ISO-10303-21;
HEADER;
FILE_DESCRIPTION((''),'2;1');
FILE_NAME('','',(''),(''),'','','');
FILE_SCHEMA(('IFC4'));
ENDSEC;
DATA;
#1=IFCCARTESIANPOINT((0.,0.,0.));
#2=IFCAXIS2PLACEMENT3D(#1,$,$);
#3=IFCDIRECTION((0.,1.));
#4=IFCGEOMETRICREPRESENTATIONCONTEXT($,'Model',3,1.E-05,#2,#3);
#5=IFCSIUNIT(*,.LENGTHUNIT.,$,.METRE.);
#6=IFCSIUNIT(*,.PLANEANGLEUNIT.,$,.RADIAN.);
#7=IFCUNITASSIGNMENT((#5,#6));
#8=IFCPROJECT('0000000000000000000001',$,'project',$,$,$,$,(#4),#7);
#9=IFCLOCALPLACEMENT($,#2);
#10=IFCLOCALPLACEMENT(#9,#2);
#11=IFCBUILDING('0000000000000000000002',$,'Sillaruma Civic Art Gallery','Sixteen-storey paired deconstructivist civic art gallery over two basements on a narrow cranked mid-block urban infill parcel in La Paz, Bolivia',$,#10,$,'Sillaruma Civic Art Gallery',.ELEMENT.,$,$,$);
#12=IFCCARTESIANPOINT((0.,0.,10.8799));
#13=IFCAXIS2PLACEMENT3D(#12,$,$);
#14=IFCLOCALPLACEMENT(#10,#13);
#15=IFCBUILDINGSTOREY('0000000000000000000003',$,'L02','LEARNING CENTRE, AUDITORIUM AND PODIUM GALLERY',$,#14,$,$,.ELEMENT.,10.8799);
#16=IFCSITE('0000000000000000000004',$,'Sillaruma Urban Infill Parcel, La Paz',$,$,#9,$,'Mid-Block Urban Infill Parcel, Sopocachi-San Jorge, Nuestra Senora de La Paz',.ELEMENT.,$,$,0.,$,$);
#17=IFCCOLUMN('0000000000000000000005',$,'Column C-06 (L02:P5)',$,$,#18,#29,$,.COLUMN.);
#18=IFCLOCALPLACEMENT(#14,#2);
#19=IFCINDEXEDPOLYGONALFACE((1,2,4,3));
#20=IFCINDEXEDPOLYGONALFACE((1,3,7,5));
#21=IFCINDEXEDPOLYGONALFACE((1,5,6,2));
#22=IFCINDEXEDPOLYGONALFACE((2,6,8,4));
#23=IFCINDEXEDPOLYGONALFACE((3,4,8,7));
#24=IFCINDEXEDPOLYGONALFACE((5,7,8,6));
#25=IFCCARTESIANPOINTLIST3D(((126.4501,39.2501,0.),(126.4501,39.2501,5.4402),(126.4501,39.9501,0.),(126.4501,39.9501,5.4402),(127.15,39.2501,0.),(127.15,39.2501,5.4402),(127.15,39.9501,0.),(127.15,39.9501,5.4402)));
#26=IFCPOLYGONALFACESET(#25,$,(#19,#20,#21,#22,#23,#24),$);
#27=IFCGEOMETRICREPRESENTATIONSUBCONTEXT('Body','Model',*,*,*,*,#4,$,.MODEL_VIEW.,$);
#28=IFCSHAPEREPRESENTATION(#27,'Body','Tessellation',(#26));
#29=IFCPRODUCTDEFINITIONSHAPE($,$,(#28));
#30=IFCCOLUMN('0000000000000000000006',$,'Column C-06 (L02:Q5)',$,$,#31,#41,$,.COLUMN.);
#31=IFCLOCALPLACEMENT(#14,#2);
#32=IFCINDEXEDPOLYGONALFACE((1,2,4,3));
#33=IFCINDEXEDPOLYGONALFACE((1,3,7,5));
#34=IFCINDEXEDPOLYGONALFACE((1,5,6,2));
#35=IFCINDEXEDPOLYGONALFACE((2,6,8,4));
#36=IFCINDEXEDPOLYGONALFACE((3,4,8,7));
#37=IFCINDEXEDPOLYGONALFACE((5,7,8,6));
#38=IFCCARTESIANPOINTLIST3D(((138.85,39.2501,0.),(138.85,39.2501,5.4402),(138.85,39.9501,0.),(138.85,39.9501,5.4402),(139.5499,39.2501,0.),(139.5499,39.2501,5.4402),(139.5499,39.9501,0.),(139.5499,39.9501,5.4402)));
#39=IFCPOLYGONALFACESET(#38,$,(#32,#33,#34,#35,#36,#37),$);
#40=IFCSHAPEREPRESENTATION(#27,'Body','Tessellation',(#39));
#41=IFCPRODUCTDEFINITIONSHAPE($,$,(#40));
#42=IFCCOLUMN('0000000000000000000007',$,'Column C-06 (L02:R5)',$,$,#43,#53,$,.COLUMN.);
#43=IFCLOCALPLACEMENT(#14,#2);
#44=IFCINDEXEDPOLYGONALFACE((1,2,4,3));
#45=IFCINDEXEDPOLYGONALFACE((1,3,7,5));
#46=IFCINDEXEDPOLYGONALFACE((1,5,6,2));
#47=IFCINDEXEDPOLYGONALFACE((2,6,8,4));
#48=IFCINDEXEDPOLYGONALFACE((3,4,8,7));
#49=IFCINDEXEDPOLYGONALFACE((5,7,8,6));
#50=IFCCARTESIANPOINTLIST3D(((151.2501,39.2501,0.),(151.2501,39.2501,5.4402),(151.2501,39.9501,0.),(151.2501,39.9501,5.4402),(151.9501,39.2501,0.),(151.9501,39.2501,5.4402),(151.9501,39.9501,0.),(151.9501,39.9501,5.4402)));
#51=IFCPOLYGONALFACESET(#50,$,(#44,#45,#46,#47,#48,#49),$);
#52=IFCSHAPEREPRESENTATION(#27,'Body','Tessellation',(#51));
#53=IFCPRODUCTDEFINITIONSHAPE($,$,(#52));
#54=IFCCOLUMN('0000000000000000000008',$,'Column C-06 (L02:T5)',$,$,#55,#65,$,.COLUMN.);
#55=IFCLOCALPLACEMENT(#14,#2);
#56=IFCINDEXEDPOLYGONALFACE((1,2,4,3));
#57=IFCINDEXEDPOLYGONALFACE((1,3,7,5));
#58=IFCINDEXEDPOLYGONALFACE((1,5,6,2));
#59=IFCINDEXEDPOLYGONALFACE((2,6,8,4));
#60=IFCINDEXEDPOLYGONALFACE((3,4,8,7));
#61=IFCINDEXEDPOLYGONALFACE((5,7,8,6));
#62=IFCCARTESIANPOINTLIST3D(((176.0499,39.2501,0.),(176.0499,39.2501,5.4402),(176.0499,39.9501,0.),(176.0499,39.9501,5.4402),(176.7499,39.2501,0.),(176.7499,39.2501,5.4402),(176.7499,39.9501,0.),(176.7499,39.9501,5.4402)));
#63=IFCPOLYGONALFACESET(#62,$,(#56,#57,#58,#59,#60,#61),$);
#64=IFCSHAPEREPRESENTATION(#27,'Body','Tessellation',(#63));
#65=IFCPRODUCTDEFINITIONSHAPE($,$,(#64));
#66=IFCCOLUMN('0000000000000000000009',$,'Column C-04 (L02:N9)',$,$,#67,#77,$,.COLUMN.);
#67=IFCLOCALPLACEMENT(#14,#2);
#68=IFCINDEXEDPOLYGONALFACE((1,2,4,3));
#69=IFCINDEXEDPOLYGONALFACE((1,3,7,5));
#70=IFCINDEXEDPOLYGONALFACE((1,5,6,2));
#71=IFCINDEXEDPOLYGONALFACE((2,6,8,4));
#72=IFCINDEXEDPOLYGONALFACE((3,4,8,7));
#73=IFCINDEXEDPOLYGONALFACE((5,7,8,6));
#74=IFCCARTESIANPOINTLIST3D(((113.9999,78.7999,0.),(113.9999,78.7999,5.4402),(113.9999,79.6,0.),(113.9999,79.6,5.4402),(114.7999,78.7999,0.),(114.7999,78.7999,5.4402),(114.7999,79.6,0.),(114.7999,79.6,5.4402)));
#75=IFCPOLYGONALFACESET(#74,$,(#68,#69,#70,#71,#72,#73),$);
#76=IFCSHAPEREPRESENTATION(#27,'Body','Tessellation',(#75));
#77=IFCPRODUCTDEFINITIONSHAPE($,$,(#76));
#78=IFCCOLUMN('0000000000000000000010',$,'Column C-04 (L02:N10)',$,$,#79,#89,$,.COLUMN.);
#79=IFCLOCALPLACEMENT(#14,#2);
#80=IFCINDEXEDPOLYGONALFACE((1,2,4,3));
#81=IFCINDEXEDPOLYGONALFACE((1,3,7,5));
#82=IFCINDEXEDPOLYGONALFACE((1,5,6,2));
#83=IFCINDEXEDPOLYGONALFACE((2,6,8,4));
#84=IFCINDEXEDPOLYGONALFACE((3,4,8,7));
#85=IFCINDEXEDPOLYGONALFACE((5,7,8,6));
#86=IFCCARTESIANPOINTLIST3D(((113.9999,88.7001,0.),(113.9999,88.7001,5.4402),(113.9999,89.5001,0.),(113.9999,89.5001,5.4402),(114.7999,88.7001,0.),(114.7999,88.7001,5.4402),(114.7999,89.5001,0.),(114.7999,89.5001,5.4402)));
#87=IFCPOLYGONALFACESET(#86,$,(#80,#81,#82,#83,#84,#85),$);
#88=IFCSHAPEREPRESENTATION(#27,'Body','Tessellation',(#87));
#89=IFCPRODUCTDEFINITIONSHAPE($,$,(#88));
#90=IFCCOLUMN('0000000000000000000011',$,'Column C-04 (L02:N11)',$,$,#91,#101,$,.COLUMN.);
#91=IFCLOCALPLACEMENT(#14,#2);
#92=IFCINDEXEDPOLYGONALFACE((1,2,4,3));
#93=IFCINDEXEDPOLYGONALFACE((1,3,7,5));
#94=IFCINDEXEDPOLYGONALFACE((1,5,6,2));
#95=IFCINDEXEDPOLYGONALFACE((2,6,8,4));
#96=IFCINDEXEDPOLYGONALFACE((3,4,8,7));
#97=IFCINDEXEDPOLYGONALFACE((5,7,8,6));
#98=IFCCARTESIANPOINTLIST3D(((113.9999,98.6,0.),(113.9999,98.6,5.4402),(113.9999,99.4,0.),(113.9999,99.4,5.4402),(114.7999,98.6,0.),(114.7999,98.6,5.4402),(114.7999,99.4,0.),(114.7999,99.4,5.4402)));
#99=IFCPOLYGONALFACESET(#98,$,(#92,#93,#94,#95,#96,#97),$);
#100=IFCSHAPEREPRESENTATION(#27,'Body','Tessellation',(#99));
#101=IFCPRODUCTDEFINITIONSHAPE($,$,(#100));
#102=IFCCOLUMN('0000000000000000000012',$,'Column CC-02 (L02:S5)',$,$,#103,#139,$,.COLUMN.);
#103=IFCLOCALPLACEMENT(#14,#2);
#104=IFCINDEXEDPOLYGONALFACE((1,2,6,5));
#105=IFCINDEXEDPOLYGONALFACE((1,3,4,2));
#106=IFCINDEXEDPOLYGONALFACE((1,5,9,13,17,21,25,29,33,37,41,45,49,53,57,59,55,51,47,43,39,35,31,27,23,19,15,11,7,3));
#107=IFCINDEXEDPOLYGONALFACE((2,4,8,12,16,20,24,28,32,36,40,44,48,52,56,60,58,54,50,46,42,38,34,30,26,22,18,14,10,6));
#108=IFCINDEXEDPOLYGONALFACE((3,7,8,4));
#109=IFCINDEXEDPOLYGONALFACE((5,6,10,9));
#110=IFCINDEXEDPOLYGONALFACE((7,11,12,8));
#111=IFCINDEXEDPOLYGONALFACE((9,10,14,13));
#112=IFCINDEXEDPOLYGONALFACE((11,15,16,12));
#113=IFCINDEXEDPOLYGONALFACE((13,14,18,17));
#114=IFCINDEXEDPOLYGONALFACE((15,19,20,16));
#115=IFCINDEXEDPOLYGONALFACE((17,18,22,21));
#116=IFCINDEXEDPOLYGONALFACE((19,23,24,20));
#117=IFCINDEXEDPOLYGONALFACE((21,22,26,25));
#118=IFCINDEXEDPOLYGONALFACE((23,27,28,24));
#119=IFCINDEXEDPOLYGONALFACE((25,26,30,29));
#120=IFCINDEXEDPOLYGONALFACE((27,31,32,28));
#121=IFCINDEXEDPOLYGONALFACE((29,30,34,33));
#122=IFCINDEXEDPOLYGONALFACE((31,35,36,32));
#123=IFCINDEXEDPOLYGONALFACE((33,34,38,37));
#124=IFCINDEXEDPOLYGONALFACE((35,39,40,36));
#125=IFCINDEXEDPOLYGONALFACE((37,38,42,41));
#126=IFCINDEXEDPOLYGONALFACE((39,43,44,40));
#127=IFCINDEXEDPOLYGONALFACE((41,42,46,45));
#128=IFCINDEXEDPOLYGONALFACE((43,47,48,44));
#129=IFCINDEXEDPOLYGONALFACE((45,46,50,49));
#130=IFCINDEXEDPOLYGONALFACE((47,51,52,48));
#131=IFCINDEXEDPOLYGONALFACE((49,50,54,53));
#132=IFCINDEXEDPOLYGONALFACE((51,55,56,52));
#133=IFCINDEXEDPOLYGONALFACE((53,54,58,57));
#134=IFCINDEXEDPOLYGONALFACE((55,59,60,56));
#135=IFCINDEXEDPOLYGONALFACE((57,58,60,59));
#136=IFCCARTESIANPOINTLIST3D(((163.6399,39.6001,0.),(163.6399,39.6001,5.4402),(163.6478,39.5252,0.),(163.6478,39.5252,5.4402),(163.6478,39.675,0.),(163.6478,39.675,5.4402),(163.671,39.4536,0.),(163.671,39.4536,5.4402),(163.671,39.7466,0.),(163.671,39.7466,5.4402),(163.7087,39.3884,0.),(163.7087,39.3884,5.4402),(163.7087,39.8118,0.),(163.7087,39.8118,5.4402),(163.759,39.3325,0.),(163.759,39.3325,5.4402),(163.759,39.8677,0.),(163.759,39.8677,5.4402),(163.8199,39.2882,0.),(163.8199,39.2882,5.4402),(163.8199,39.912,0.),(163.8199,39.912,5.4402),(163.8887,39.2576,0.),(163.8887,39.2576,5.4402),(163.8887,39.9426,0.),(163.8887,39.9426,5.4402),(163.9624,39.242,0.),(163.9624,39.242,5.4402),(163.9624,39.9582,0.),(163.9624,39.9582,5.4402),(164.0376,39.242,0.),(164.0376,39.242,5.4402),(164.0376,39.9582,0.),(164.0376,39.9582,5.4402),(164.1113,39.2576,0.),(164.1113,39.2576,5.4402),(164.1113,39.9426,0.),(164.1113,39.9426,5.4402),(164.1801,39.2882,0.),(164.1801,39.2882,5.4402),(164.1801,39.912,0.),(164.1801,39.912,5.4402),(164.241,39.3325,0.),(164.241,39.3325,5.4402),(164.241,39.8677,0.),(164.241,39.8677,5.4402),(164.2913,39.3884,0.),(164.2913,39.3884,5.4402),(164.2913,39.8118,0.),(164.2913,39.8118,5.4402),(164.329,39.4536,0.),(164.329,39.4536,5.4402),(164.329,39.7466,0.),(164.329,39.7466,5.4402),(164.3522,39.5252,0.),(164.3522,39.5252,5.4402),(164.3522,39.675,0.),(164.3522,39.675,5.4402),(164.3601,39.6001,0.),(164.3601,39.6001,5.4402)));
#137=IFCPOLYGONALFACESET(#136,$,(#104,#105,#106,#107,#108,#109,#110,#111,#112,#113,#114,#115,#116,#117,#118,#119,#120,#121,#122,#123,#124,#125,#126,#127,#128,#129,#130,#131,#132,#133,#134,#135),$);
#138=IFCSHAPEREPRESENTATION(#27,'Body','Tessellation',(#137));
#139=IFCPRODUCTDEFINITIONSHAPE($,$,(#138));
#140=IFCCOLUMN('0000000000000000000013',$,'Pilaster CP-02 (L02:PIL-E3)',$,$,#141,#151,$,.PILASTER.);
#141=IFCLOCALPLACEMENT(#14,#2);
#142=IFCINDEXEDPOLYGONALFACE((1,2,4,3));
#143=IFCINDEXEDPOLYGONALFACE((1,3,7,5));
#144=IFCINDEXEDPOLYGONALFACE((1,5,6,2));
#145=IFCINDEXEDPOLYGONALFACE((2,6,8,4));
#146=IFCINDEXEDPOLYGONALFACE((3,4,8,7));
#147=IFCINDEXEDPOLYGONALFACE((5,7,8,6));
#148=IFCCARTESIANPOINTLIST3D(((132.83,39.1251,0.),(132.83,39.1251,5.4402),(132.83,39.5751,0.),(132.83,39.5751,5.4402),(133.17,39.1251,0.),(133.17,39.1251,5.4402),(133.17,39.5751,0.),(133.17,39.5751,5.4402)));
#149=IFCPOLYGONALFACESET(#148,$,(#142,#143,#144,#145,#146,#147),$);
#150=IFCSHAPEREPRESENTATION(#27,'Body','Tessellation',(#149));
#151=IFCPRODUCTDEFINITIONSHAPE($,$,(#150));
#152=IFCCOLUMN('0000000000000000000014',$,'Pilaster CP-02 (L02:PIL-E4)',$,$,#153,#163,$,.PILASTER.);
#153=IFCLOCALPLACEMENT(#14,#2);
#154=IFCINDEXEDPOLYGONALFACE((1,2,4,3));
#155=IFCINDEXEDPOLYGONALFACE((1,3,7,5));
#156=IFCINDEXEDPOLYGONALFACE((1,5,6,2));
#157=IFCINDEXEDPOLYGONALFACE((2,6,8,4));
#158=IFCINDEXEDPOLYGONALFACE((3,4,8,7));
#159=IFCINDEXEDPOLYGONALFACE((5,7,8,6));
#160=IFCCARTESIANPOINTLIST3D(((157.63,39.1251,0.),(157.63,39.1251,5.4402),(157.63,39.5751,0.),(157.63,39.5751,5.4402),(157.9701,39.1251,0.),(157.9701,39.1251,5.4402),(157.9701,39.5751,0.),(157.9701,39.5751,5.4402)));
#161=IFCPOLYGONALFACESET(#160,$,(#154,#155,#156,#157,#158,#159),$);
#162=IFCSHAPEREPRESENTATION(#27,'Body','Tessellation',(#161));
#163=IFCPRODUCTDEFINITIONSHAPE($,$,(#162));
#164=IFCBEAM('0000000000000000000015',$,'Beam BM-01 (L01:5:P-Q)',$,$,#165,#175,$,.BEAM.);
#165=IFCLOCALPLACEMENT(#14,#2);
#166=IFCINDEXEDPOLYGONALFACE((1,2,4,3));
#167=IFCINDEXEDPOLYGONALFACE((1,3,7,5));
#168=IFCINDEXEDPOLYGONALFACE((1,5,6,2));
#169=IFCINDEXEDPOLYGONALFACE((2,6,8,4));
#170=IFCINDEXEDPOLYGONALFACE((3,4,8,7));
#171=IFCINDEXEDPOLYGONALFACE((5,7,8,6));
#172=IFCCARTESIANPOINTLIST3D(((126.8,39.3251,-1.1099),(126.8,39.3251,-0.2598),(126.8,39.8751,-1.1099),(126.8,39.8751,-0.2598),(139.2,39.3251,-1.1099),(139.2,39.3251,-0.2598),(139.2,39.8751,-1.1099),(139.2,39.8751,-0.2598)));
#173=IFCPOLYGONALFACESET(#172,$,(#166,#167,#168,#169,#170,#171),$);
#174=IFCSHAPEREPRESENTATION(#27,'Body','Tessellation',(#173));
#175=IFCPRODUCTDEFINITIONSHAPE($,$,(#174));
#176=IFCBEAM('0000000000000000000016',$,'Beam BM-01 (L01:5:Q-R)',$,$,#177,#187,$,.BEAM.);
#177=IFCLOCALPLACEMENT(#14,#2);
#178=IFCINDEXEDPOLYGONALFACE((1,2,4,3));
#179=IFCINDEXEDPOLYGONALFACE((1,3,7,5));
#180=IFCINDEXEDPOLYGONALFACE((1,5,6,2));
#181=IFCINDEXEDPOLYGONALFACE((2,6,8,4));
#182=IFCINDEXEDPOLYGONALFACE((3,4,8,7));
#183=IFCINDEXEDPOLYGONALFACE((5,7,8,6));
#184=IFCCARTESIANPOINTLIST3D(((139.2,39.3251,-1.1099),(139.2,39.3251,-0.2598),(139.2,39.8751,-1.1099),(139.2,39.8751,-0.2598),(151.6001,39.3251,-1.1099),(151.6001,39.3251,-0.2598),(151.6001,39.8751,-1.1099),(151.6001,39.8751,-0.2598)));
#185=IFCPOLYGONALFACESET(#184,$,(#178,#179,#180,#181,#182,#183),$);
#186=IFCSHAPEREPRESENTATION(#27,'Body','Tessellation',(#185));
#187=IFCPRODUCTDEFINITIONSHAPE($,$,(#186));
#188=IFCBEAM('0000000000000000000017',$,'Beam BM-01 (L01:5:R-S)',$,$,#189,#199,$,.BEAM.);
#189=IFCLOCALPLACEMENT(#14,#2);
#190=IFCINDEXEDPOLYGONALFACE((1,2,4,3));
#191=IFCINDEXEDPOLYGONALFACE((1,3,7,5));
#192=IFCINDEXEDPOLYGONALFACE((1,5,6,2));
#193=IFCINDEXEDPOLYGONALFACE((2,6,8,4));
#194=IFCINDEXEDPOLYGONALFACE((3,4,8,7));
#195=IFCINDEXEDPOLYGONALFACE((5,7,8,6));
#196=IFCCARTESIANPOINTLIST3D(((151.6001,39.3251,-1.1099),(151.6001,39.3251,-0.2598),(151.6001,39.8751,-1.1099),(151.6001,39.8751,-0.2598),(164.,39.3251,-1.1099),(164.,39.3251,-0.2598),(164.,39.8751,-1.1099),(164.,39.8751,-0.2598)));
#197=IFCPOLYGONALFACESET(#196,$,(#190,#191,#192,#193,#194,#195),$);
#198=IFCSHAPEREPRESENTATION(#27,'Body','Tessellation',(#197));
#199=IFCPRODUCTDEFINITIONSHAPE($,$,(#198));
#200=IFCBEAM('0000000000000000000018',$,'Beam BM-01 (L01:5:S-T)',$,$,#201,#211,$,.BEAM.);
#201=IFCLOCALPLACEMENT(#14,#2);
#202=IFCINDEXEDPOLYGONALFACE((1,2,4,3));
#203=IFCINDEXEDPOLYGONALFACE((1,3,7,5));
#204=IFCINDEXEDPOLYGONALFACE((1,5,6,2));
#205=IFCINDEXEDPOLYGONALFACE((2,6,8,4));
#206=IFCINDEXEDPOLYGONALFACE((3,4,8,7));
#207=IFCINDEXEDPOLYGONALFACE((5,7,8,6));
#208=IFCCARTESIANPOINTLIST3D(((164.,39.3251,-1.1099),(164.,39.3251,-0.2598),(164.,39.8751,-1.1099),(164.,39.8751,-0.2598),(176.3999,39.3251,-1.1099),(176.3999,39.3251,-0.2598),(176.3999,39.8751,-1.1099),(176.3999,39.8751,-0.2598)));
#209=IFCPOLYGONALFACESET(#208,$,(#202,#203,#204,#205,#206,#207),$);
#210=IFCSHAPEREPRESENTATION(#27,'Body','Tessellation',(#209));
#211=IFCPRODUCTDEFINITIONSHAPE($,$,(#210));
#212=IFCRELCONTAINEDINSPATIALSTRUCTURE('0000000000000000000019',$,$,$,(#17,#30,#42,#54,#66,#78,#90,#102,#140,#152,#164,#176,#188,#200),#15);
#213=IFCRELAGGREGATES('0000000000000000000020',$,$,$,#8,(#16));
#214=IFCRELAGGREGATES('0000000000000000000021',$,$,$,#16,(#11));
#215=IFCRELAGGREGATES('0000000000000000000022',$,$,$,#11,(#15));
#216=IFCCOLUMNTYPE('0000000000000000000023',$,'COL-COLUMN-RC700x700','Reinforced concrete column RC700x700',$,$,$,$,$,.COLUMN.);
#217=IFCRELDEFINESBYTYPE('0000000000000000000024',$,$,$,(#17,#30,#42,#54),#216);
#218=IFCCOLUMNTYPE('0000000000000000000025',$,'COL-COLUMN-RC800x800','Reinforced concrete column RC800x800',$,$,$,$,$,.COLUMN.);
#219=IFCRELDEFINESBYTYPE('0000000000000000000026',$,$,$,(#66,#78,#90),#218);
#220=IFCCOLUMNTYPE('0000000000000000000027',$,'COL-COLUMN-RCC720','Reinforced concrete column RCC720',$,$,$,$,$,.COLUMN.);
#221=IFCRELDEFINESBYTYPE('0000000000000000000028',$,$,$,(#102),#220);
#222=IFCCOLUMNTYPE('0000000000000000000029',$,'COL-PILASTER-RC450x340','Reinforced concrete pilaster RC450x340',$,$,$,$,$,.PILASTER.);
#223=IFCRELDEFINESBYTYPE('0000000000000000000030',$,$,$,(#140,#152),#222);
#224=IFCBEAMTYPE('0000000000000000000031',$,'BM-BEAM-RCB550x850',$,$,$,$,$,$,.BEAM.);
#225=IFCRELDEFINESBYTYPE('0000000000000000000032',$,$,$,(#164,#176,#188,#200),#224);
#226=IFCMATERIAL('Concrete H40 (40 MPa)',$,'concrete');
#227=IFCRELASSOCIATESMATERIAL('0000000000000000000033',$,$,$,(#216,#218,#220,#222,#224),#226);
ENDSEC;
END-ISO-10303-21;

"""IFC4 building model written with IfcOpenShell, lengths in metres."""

from ifc_helpers import new_model, si_unit, direction, frame, origin, origin_2d, place, context, subcontext, project, spatial, rectangle, circle, extrude, material, material_profile, profile_set, type_object, element, save


model = new_model("IFC4")

# Units and contexts
model_context = context("Model", 3, precision=1e-05, world=origin(), true_north=direction((0.0, 1.0)))
body_context = subcontext(model_context, "Body", "Model", "MODEL_VIEW")
ifc_project = project(units=[si_unit("LENGTHUNIT", "METRE"), si_unit("PLANEANGLEUNIT", "RADIAN")], contexts=[model_context])

# Site, building, storey
site_placement = place(None, origin())
site = spatial("IfcSite", under=ifc_project, at=site_placement, Name="Sillaruma Urban Infill Parcel, La Paz", LongName="Mid-Block Urban Infill Parcel, Sopocachi-San Jorge, Nuestra Senora de La Paz", CompositionType="ELEMENT", RefElevation=0.0)
building_placement = place(site_placement, origin())
building = spatial("IfcBuilding", under=site, at=building_placement, Name="Sillaruma Civic Art Gallery", Description="Sixteen-storey paired deconstructivist civic art gallery over two basements on a narrow cranked mid-block urban infill parcel in La Paz, Bolivia", LongName="Sillaruma Civic Art Gallery", CompositionType="ELEMENT")
storey_placement = place(building_placement, frame((0.0, 0.0, 10.8799)))
storey = spatial("IfcBuildingStorey", under=building, at=storey_placement, Name="L02", Description="LEARNING CENTRE, AUDITORIUM AND PODIUM GALLERY", CompositionType="ELEMENT", Elevation=10.8799)

# Columns
ifc_material_1 = material(Name="Concrete H40 (40 MPa)", Category="concrete")
ifc_material_profile_1 = material_profile(ifc_material_1, rectangle(XDim=0.7, YDim=0.7, at=origin_2d()), Name="RC700x700")
ifc_profile_set_1 = profile_set([ifc_material_profile_1], Name="Concrete H40 (40 MPa)")
column_type_1 = type_object("IfcColumnType", Name="COL-COLUMN-RC700x700", Description="Reinforced concrete column RC700x700", PredefinedType="COLUMN", material=ifc_profile_set_1)
for number, where, z_axis, x_axis, name in (
    (1, (126.8, 39.6001, 0.0), (0.0, 0.0, 1.0), (1.0, 0.0, 0.0), "Column C-06 (L02:P5)"),
    (2, (139.2, 39.6001, 0.0), (0.0, 0.0, 1.0), (1.0, 0.0, 0.0), "Column C-06 (L02:Q5)"),
    (3, (151.6001, 39.6001, 0.0), (0.0, 0.0, 1.0), (1.0, 0.0, 0.0), "Column C-06 (L02:R5)"),
    (4, (176.3999, 39.6001, 0.0), (0.0, 0.0, 1.0), (1.0, 0.0, 0.0), "Column C-06 (L02:T5)"),
):
    element("IfcColumn", number, at=place(storey_placement, frame(where, z_axis=z_axis, x_axis=x_axis)), inside=storey, type_object=column_type_1, Name=name, PredefinedType="COLUMN", context=body_context, shape_type="SweptSolid", body=[
        extrude(rectangle(XDim=0.7, YDim=0.7, at=origin_2d()), origin(), (0.0, 0.0, 1.0), 5.4402),
    ])
ifc_material_profile_2 = material_profile(ifc_material_1, rectangle(XDim=0.8, YDim=0.8, at=origin_2d()), Name="RC800x800")
ifc_profile_set_2 = profile_set([ifc_material_profile_2], Name="Concrete H40 (40 MPa)")
column_type_2 = type_object("IfcColumnType", Name="COL-COLUMN-RC800x800", Description="Reinforced concrete column RC800x800", PredefinedType="COLUMN", material=ifc_profile_set_2)
for number, where, z_axis, x_axis, name in (
    (5, (114.3999, 79.2, 0.0), (0.0, 0.0, 1.0), (1.0, 0.0, 0.0), "Column C-04 (L02:N9)"),
    (6, (114.3999, 89.1001, 0.0), (0.0, 0.0, 1.0), (1.0, 0.0, 0.0), "Column C-04 (L02:N10)"),
    (7, (114.3999, 99.0, 0.0), (0.0, 0.0, 1.0), (1.0, 0.0, 0.0), "Column C-04 (L02:N11)"),
):
    element("IfcColumn", number, at=place(storey_placement, frame(where, z_axis=z_axis, x_axis=x_axis)), inside=storey, type_object=column_type_2, Name=name, PredefinedType="COLUMN", context=body_context, shape_type="SweptSolid", body=[
        extrude(rectangle(XDim=0.8, YDim=0.8, at=origin_2d()), origin(), (0.0, 0.0, 1.0), 5.4402),
    ])
ifc_material_profile_3 = material_profile(ifc_material_1, circle(Radius=0.3601, at=origin_2d()), Name="RCC720")
ifc_profile_set_3 = profile_set([ifc_material_profile_3], Name="Concrete H40 (40 MPa)")
column_type_3 = type_object("IfcColumnType", Name="COL-COLUMN-RCC720", Description="Reinforced concrete column RCC720", PredefinedType="COLUMN", material=ifc_profile_set_3)
column_placement = place(storey_placement, frame((164.0, 39.6001, 0.0), z_axis=(0.0, 0.0, 1.0), x_axis=(1.0, 0.0, 0.0)))
element("IfcColumn", 8, at=column_placement, inside=storey, type_object=column_type_3, Name="Column CC-02 (L02:S5)", PredefinedType="COLUMN", context=body_context, shape_type="SweptSolid", body=[
    extrude(circle(Radius=0.3601, at=origin_2d()), origin(), (0.0, 0.0, 1.0), 5.4402),
])
ifc_material_profile_4 = material_profile(ifc_material_1, rectangle(XDim=0.3401, YDim=0.45, at=origin_2d()), Name="RC450x340")
ifc_profile_set_4 = profile_set([ifc_material_profile_4], Name="Concrete H40 (40 MPa)")
column_type_4 = type_object("IfcColumnType", Name="COL-PILASTER-RC450x340", Description="Reinforced concrete pilaster RC450x340", PredefinedType="PILASTER", material=ifc_profile_set_4)
for number, where, z_axis, x_axis, name in (
    (9, (133.0, 39.3501, 0.0), (0.0, 0.0, 1.0), (1.0, 0.0, 0.0), "Pilaster CP-02 (L02:PIL-E3)"),
    (10, (157.8, 39.3501, 0.0), (0.0, 0.0, 1.0), (1.0, 0.0, 0.0), "Pilaster CP-02 (L02:PIL-E4)"),
):
    element("IfcColumn", number, at=place(storey_placement, frame(where, z_axis=z_axis, x_axis=x_axis)), inside=storey, type_object=column_type_4, Name=name, PredefinedType="PILASTER", context=body_context, shape_type="SweptSolid", body=[
        extrude(rectangle(XDim=0.3401, YDim=0.45, at=origin_2d()), origin(), (0.0, 0.0, 1.0), 5.4402),
    ])

# Beams
ifc_material_profile_5 = material_profile(ifc_material_1, rectangle(XDim=0.55, YDim=0.8501, at=origin_2d()), Name="RCB550x850")
ifc_profile_set_5 = profile_set([ifc_material_profile_5], Name="Concrete H40 (40 MPa)")
beam_type_1 = type_object("IfcBeamType", Name="BM-BEAM-RCB550x850", PredefinedType="BEAM", material=ifc_profile_set_5)
beam_1_placement = place(storey_placement, frame((126.8, 39.6001, -0.6848), z_axis=(1.0, 0.0, 0.0), x_axis=(0.0, 1.0, 0.0)))
element("IfcBeam", 11, at=beam_1_placement, inside=storey, type_object=beam_type_1, Name="Beam BM-01 (L01:5:P-Q)", PredefinedType="BEAM", context=body_context, shape_type="SweptSolid", body=[
    extrude(rectangle(XDim=0.55, YDim=0.8501, at=origin_2d()), origin(), (0.0, 0.0, 1.0), 12.3999),
])
beam_2_placement = place(storey_placement, frame((139.2, 39.6001, -0.6848), z_axis=(1.0, 0.0, 0.0), x_axis=(0.0, 1.0, 0.0)))
element("IfcBeam", 12, at=beam_2_placement, inside=storey, type_object=beam_type_1, Name="Beam BM-01 (L01:5:Q-R)", PredefinedType="BEAM", context=body_context, shape_type="SweptSolid", body=[
    extrude(rectangle(XDim=0.55, YDim=0.8501, at=origin_2d()), origin(), (0.0, 0.0, 1.0), 12.4001),
])
for number, where, z_axis, x_axis, name in (
    (13, (151.6001, 39.6001, -0.6848), (1.0, 0.0, 0.0), (0.0, 1.0, 0.0), "Beam BM-01 (L01:5:R-S)"),
    (14, (164.0, 39.6001, -0.6848), (1.0, 0.0, 0.0), (0.0, 1.0, 0.0), "Beam BM-01 (L01:5:S-T)"),
):
    element("IfcBeam", number, at=place(storey_placement, frame(where, z_axis=z_axis, x_axis=x_axis)), inside=storey, type_object=beam_type_1, Name=name, PredefinedType="BEAM", context=body_context, shape_type="SweptSolid", body=[
        extrude(rectangle(XDim=0.55, YDim=0.8501, at=origin_2d()), origin(), (0.0, 0.0, 1.0), 12.3999),
    ])

save(model, "model.ifc")
